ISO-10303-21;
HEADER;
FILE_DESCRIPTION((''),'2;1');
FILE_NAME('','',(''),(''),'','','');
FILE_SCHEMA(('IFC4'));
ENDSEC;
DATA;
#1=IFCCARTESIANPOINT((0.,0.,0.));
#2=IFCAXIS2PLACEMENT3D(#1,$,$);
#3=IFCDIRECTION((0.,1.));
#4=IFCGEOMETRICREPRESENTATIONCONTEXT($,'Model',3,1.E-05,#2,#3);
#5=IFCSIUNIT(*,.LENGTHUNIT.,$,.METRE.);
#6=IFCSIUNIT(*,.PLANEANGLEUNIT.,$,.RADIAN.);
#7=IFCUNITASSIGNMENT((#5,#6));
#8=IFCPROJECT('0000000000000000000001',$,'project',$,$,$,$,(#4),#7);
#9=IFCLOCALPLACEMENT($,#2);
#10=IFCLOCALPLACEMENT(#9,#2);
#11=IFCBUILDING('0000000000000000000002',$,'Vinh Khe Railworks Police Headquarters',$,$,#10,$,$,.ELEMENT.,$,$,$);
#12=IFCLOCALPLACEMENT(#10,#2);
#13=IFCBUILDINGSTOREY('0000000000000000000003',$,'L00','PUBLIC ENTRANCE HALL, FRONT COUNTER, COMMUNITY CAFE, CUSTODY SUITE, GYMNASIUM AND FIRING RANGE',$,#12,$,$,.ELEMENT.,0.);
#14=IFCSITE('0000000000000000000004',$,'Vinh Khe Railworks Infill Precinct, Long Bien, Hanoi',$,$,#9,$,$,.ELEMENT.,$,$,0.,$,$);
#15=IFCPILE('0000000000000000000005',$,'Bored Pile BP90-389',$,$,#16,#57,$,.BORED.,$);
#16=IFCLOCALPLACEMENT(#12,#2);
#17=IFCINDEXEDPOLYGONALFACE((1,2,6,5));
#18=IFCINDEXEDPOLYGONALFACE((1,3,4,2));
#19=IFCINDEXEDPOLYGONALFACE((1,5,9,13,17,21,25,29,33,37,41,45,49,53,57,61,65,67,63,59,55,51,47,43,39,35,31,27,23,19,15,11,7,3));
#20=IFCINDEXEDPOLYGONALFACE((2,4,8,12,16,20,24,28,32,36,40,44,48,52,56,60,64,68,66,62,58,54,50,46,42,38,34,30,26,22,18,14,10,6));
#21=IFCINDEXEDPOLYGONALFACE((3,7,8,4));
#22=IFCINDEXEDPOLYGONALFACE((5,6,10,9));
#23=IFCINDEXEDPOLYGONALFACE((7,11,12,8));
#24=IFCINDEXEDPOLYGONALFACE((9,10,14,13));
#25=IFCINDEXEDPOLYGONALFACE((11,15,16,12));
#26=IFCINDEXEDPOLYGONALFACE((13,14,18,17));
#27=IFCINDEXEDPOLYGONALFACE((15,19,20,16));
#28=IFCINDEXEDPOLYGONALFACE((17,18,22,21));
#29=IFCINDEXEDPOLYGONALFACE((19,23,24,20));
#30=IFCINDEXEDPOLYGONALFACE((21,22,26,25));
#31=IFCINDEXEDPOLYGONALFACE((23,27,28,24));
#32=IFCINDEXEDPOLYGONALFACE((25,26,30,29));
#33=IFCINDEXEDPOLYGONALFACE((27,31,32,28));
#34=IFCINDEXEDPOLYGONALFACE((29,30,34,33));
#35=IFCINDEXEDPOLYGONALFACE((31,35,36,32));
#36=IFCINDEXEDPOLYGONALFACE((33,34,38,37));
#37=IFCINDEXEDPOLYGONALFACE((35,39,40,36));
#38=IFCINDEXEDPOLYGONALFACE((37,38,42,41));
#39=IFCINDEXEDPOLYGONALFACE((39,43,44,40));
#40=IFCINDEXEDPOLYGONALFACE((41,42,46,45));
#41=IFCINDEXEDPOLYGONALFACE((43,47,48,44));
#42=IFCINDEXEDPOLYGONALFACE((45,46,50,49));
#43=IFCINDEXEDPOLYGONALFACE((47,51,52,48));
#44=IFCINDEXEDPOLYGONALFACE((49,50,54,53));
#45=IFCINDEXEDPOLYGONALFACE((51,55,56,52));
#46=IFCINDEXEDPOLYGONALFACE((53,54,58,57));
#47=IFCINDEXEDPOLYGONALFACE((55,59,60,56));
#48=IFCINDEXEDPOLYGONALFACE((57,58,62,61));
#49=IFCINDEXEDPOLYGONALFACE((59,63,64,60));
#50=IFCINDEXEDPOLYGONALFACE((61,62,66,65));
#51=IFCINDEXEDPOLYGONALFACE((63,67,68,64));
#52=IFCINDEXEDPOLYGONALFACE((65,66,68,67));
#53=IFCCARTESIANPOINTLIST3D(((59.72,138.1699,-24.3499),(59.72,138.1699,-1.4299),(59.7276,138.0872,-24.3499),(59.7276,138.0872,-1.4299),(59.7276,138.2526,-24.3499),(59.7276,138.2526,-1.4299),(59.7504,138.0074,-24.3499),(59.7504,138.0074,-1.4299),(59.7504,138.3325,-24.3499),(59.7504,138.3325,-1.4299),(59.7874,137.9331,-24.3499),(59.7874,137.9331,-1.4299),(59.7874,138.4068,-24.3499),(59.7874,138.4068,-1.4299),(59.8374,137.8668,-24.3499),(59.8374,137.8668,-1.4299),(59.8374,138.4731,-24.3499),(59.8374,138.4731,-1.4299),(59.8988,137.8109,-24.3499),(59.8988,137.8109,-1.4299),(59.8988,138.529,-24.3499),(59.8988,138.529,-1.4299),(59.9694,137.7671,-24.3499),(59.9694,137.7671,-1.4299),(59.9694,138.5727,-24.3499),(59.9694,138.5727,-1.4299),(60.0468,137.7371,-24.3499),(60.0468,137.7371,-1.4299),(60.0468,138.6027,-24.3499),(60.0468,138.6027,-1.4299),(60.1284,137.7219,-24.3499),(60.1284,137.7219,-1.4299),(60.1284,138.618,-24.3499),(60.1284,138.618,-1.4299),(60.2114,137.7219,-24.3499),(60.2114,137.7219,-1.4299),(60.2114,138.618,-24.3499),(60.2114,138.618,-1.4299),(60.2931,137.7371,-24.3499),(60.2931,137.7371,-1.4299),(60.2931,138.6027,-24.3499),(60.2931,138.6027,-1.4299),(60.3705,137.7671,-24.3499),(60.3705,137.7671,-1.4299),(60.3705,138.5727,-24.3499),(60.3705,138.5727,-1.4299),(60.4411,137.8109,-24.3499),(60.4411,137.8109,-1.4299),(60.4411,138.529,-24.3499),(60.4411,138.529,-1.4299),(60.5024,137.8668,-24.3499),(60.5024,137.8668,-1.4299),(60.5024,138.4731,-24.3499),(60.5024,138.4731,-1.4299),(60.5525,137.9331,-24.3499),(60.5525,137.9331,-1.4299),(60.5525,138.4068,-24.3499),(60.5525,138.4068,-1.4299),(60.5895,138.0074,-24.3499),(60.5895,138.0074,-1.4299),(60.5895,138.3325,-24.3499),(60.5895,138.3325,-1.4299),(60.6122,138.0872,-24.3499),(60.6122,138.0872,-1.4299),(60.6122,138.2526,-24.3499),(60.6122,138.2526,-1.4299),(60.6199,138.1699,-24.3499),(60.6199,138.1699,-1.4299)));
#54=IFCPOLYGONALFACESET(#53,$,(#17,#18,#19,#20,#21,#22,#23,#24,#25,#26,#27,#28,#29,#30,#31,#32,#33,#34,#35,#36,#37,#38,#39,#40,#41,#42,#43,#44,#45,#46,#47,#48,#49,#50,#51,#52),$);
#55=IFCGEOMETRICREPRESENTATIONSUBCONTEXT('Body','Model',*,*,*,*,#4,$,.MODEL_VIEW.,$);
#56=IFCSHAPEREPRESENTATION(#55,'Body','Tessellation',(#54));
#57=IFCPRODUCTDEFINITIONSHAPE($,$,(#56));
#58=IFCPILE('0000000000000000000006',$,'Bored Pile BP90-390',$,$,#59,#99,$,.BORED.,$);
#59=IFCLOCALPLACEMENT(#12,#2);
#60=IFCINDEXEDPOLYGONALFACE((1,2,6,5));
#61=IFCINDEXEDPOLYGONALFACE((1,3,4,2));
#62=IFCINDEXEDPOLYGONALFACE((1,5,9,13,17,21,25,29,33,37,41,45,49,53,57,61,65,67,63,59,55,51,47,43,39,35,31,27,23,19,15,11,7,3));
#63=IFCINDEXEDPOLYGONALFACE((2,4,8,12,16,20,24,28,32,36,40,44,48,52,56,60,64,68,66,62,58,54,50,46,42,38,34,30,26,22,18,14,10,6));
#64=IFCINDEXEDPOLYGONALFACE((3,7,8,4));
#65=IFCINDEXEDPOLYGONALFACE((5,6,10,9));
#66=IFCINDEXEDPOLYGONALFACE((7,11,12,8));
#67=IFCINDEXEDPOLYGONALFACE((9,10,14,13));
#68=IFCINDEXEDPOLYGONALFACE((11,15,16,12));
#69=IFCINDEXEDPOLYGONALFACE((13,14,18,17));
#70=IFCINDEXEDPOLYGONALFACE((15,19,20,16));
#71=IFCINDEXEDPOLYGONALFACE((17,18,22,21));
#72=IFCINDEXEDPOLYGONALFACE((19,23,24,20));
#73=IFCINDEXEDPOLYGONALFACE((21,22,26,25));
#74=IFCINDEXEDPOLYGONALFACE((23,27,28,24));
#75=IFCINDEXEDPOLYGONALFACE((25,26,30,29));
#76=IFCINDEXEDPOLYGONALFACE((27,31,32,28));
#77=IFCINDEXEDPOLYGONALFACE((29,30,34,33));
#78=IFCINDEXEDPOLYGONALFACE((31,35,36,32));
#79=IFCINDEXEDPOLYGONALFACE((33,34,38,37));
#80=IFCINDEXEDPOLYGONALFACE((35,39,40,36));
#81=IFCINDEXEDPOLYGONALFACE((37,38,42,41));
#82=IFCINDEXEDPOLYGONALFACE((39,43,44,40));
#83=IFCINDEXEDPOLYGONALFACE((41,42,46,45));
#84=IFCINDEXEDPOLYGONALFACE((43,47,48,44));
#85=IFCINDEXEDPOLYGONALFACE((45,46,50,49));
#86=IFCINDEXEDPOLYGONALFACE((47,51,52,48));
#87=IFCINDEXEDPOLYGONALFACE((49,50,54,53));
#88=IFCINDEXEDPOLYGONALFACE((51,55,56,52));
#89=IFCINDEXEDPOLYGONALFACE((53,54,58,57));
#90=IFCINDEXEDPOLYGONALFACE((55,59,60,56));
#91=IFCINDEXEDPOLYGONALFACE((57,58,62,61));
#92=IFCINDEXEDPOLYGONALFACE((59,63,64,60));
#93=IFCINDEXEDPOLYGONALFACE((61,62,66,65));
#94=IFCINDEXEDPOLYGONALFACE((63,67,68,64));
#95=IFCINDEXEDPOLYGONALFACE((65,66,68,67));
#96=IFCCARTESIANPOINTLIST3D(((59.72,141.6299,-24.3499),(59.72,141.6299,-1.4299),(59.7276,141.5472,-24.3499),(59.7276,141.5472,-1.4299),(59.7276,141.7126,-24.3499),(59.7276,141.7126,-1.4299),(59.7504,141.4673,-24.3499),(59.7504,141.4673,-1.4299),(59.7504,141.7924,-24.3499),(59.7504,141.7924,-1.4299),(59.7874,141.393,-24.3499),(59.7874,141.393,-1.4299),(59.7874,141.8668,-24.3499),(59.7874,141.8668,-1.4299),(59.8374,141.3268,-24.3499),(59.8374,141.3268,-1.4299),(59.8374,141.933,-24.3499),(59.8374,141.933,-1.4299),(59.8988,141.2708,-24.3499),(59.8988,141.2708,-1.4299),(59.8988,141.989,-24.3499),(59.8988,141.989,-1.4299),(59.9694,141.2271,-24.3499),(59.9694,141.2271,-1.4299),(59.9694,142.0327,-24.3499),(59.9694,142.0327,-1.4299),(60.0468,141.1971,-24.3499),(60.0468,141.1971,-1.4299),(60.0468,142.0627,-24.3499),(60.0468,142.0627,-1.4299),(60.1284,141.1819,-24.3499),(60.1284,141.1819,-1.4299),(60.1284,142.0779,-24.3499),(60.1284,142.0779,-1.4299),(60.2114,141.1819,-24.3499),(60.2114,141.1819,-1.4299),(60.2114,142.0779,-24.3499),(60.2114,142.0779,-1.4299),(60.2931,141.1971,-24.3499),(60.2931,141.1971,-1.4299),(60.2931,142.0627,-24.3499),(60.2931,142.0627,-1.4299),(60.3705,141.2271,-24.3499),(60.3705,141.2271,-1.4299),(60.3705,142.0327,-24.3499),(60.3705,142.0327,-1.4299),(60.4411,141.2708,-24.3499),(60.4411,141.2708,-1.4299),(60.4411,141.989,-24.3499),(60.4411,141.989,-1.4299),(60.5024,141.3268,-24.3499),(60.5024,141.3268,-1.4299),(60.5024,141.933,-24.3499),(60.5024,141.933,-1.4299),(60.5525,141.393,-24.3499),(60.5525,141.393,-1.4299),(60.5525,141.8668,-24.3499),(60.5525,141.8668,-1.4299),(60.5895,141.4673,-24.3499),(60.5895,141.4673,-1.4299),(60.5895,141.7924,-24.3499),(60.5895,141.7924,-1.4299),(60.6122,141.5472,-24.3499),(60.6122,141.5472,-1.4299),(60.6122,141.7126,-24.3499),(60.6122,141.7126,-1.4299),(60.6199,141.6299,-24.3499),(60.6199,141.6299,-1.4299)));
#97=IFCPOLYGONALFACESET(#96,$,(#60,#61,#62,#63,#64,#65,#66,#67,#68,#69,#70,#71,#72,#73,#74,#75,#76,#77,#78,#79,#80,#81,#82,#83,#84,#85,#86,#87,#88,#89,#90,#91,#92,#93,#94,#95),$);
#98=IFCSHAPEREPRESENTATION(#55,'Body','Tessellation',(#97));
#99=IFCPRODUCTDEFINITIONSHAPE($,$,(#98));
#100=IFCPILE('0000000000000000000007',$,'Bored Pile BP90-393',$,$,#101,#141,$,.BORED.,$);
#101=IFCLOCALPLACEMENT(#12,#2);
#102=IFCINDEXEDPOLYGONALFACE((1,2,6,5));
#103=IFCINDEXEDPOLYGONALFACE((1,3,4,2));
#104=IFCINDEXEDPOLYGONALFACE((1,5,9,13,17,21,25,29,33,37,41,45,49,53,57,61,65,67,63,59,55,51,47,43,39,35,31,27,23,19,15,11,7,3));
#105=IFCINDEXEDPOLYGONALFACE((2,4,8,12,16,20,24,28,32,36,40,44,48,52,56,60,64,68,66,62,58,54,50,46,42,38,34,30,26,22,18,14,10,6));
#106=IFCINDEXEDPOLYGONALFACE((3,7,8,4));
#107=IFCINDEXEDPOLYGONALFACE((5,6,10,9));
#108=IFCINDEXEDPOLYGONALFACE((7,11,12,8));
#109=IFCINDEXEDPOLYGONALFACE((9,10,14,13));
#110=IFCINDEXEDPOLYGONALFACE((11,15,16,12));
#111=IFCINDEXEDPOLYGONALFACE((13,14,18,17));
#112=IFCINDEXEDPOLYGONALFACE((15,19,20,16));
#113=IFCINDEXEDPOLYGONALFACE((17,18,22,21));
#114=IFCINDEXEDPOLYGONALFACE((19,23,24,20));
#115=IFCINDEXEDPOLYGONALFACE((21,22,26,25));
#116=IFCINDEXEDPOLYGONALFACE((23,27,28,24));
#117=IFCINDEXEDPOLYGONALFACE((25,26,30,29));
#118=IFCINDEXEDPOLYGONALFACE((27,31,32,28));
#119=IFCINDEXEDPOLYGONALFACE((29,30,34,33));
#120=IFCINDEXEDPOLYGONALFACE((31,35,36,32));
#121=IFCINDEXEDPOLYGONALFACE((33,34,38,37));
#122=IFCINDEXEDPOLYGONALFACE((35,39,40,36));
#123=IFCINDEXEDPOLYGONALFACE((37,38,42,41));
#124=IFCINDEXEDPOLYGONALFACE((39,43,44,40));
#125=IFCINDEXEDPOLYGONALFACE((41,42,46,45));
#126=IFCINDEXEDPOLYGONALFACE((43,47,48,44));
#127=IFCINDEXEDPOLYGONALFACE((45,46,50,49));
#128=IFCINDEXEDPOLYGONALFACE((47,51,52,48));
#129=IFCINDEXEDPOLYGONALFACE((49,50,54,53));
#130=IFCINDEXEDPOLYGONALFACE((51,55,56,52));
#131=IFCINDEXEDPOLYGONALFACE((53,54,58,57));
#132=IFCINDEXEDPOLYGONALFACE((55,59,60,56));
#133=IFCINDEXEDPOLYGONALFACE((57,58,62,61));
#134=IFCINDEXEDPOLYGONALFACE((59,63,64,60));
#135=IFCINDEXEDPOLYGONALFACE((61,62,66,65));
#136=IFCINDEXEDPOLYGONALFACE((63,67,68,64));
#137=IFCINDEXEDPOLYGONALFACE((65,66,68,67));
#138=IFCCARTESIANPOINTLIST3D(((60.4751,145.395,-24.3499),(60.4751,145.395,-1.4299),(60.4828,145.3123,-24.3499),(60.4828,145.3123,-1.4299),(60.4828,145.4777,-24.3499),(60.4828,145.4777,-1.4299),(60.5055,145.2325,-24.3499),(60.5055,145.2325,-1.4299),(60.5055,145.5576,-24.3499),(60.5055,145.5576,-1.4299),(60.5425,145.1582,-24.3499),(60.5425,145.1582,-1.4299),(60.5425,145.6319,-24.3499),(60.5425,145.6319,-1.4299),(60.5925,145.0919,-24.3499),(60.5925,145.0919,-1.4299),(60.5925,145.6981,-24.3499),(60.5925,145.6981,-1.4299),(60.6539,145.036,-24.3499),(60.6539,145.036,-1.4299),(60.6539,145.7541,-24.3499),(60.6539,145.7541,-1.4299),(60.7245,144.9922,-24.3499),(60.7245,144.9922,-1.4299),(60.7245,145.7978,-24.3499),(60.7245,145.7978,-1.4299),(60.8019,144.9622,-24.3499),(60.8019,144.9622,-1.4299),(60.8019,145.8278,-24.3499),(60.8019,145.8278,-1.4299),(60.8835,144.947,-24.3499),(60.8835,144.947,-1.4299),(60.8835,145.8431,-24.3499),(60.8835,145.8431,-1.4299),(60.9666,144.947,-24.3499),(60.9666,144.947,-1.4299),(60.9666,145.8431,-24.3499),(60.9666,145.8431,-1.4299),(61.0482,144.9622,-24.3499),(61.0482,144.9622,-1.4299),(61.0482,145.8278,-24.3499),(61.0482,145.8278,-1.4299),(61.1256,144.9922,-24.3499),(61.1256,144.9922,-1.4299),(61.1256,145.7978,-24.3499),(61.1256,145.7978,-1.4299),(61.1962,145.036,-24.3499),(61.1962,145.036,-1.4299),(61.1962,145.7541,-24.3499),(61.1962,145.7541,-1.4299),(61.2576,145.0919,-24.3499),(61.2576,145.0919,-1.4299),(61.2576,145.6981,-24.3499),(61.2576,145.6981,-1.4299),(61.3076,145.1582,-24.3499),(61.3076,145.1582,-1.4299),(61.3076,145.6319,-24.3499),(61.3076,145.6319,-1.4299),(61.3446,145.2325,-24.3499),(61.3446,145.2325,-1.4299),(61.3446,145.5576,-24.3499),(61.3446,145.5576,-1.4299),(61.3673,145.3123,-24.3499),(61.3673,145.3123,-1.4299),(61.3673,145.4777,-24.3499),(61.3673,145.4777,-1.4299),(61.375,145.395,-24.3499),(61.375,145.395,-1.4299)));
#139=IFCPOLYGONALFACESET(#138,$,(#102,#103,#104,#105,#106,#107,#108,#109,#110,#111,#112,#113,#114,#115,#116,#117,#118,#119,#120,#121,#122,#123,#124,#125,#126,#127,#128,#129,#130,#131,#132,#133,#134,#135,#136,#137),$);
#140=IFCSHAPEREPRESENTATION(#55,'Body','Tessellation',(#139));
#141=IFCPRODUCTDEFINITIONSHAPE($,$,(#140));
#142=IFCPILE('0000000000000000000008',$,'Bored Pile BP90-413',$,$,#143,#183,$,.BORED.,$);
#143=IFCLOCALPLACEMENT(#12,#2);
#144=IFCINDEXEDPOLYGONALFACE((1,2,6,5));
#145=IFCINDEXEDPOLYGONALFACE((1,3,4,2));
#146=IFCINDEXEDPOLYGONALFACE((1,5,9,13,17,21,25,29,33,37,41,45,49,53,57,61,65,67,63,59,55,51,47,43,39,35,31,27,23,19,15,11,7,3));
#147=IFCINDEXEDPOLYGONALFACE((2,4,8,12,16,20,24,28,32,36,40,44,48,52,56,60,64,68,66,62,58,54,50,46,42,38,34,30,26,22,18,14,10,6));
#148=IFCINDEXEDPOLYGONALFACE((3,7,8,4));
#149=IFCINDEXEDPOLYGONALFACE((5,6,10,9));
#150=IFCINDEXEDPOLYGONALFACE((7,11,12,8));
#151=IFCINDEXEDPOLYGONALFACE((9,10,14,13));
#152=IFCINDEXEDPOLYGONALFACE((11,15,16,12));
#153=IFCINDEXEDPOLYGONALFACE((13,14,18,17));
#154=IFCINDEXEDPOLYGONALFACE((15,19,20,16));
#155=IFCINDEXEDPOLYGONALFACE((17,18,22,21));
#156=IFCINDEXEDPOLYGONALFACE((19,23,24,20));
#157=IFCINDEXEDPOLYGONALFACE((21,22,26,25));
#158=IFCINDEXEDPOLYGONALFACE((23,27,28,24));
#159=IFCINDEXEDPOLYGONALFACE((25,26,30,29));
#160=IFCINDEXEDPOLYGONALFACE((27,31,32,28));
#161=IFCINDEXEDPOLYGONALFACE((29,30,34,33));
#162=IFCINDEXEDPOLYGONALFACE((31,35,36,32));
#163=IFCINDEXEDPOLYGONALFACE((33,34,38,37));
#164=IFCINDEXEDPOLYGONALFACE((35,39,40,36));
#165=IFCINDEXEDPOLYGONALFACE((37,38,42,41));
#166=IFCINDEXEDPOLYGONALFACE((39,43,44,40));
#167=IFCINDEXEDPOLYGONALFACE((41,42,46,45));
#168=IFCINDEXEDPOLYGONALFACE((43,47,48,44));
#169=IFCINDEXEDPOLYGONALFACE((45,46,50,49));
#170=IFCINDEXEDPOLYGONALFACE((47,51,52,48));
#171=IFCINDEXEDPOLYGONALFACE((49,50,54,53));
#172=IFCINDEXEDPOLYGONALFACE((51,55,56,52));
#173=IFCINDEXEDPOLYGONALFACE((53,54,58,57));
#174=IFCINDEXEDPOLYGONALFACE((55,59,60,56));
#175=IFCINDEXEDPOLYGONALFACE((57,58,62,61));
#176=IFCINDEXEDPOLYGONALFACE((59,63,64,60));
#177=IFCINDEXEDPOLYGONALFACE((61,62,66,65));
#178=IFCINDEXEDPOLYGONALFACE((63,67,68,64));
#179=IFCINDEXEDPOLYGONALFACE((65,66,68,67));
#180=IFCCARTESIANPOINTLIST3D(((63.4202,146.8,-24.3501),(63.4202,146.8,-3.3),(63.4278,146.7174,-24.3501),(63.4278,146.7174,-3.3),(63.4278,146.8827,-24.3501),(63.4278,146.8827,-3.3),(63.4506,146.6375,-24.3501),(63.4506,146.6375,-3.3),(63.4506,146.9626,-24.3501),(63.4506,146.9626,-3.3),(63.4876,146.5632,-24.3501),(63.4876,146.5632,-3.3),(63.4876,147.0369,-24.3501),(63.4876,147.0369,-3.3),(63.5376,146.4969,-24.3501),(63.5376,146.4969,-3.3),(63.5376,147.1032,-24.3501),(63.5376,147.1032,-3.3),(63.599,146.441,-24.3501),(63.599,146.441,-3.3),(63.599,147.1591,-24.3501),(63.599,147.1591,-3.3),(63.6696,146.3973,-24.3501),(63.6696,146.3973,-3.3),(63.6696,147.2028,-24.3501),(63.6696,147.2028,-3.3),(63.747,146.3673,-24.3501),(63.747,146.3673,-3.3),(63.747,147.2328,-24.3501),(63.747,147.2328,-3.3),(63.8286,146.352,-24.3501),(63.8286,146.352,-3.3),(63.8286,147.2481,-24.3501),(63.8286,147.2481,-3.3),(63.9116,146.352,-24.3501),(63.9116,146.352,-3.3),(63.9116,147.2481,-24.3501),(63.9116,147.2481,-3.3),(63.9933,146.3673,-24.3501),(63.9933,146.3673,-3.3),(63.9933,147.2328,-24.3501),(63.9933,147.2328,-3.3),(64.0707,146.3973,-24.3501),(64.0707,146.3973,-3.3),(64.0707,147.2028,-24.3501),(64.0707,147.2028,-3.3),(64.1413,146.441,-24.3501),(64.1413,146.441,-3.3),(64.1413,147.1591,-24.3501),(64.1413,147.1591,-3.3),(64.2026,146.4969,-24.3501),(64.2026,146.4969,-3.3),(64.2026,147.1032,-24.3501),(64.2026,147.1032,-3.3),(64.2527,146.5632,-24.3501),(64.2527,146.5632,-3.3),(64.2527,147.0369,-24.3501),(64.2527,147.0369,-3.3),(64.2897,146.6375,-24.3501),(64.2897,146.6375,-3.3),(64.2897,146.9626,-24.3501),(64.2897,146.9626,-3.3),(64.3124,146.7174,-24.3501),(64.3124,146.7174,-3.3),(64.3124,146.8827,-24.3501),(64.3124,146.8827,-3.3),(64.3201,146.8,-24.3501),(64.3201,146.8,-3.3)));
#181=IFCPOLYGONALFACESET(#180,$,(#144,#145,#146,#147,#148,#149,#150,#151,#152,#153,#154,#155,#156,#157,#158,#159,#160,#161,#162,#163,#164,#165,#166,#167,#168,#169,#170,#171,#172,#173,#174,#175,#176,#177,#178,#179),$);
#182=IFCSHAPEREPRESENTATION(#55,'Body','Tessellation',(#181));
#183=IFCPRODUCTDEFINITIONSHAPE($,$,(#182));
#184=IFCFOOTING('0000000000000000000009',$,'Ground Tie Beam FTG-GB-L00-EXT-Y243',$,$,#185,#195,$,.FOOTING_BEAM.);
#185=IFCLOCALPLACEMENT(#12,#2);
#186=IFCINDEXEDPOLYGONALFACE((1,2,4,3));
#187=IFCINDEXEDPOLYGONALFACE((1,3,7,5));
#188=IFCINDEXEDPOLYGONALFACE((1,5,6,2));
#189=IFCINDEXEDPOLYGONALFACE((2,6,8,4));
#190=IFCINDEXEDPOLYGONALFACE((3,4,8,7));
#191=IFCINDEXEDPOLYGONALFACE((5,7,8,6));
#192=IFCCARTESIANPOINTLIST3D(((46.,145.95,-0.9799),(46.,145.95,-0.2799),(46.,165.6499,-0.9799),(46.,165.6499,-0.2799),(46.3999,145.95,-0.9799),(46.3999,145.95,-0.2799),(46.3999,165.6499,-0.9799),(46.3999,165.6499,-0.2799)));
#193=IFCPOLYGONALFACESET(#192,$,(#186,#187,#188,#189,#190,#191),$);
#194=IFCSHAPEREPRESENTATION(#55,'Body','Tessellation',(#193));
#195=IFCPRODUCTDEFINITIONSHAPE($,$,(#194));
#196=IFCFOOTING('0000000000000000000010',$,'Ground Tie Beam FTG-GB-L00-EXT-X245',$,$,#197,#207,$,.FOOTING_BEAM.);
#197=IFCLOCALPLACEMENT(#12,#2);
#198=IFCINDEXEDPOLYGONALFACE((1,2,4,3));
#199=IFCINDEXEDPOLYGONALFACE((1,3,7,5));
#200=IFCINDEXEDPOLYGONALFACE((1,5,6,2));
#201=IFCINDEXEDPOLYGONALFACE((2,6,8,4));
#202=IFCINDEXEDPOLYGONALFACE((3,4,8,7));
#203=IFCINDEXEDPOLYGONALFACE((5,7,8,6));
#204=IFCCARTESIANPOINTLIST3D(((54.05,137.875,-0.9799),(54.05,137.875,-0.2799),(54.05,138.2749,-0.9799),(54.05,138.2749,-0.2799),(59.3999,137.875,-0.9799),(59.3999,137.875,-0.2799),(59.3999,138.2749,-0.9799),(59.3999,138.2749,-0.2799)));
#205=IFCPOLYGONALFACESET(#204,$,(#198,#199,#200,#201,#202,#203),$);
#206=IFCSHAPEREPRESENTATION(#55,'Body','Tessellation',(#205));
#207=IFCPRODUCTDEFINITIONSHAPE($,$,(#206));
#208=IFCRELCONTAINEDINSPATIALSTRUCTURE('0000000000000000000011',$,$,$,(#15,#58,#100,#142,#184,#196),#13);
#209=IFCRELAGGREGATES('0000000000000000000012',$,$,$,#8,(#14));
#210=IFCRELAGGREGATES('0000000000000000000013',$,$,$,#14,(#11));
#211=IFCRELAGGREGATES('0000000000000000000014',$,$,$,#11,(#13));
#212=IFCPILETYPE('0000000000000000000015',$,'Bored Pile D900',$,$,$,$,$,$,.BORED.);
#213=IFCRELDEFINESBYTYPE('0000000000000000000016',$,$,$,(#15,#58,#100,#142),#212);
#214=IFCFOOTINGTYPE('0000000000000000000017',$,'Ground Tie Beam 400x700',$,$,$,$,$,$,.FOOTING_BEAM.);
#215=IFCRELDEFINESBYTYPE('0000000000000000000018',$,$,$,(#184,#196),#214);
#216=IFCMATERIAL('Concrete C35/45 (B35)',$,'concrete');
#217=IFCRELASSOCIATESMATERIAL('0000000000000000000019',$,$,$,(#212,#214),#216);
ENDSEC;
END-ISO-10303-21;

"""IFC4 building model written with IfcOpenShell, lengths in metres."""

from ifc_helpers import new_model, si_unit, direction, frame, origin, origin_2d, place, context, subcontext, project, spatial, rectangle, circle, extrude, material, material_profile, profile_set, type_object, element, save


model = new_model("IFC4")

# Units and contexts
model_context = context("Model", 3, precision=1e-05, world=origin(), true_north=direction((0.0, 1.0)))
body_context = subcontext(model_context, "Body", "Model", "MODEL_VIEW")
ifc_project = project(units=[si_unit("LENGTHUNIT", "METRE"), si_unit("PLANEANGLEUNIT", "RADIAN")], contexts=[model_context])

# Site, building, storey
site_placement = place(None, origin())
site = spatial("IfcSite", under=ifc_project, at=site_placement, Name="Vinh Khe Railworks Infill Precinct, Long Bien, Hanoi", CompositionType="ELEMENT", RefElevation=0.0)
building_placement = place(site_placement, origin())
building = spatial("IfcBuilding", under=site, at=building_placement, Name="Vinh Khe Railworks Police Headquarters", CompositionType="ELEMENT")
storey_placement = place(building_placement, origin())
storey = spatial("IfcBuildingStorey", under=building, at=storey_placement, Name="L00", Description="PUBLIC ENTRANCE HALL, FRONT COUNTER, COMMUNITY CAFE, CUSTODY SUITE, GYMNASIUM AND FIRING RANGE", CompositionType="ELEMENT", Elevation=0.0)

# Piles
ifc_material_1 = material(Name="Concrete C35/45 (B35)", Category="concrete")
ifc_material_profile_1 = material_profile(ifc_material_1, circle(Radius=0.45, at=origin_2d()), Name="BORED PILE D900")
ifc_profile_set_1 = profile_set([ifc_material_profile_1], Name="Concrete C35/45 (B35)")
pile_type_1 = type_object("IfcPileType", Name="Bored Pile D900", PredefinedType="BORED", material=ifc_profile_set_1)
for number, where, z_axis, x_axis, name in (
    (1, (60.1699, 138.1699, -1.4299), (0.0, 0.0, -1.0), (1.0, 0.0, 0.0), "Bored Pile BP90-389"),
    (2, (60.1699, 141.6299, -1.4299), (0.0, 0.0, -1.0), (1.0, 0.0, 0.0), "Bored Pile BP90-390"),
    (3, (60.925, 145.395, -1.4299), (0.0, 0.0, -1.0), (1.0, 0.0, 0.0), "Bored Pile BP90-393"),
):
    element("IfcPile", number, at=place(storey_placement, frame(where, z_axis=z_axis, x_axis=x_axis)), inside=storey, type_object=pile_type_1, Name=name, PredefinedType="BORED", context=body_context, shape_type="SweptSolid", body=[
        extrude(circle(Radius=0.45, at=origin_2d()), origin(), (0.0, 0.0, 1.0), 22.9199),
    ])
pile_placement = place(storey_placement, frame((63.8701, 146.8, -3.3), z_axis=(0.0, 0.0, -1.0), x_axis=(1.0, 0.0, 0.0)))
element("IfcPile", 4, at=pile_placement, inside=storey, type_object=pile_type_1, Name="Bored Pile BP90-413", PredefinedType="BORED", context=body_context, shape_type="SweptSolid", body=[
    extrude(circle(Radius=0.45, at=origin_2d()), origin(), (0.0, 0.0, 1.0), 21.05),
])

# Footings
ifc_material_profile_2 = material_profile(ifc_material_1, rectangle(XDim=0.3999, YDim=0.7, at=origin_2d()), Name="RC 400x700")
ifc_profile_set_2 = profile_set([ifc_material_profile_2], Name="Concrete C35/45 (B35)")
footing_type_1 = type_object("IfcFootingType", Name="Ground Tie Beam 400x700", PredefinedType="FOOTING_BEAM", material=ifc_profile_set_2)
footing_1_placement = place(storey_placement, frame((46.2, 145.95, -0.6299), z_axis=(0.0, 1.0, 0.0), x_axis=(-1.0, 0.0, 0.0)))
element("IfcFooting", 5, at=footing_1_placement, inside=storey, type_object=footing_type_1, Name="Ground Tie Beam FTG-GB-L00-EXT-Y243", PredefinedType="FOOTING_BEAM", context=body_context, shape_type="SweptSolid", body=[
    extrude(rectangle(XDim=0.3999, YDim=0.7, at=origin_2d()), origin(), (0.0, 0.0, 1.0), 19.7),
])
footing_2_placement = place(storey_placement, frame((54.05, 138.075, -0.6299), z_axis=(1.0, 0.0, 0.0), x_axis=(0.0, 1.0, 0.0)))
element("IfcFooting", 6, at=footing_2_placement, inside=storey, type_object=footing_type_1, Name="Ground Tie Beam FTG-GB-L00-EXT-X245", PredefinedType="FOOTING_BEAM", context=body_context, shape_type="SweptSolid", body=[
    extrude(rectangle(XDim=0.3999, YDim=0.7, at=origin_2d()), origin(), (0.0, 0.0, 1.0), 5.3499),
])

save(model, "model.ifc")
